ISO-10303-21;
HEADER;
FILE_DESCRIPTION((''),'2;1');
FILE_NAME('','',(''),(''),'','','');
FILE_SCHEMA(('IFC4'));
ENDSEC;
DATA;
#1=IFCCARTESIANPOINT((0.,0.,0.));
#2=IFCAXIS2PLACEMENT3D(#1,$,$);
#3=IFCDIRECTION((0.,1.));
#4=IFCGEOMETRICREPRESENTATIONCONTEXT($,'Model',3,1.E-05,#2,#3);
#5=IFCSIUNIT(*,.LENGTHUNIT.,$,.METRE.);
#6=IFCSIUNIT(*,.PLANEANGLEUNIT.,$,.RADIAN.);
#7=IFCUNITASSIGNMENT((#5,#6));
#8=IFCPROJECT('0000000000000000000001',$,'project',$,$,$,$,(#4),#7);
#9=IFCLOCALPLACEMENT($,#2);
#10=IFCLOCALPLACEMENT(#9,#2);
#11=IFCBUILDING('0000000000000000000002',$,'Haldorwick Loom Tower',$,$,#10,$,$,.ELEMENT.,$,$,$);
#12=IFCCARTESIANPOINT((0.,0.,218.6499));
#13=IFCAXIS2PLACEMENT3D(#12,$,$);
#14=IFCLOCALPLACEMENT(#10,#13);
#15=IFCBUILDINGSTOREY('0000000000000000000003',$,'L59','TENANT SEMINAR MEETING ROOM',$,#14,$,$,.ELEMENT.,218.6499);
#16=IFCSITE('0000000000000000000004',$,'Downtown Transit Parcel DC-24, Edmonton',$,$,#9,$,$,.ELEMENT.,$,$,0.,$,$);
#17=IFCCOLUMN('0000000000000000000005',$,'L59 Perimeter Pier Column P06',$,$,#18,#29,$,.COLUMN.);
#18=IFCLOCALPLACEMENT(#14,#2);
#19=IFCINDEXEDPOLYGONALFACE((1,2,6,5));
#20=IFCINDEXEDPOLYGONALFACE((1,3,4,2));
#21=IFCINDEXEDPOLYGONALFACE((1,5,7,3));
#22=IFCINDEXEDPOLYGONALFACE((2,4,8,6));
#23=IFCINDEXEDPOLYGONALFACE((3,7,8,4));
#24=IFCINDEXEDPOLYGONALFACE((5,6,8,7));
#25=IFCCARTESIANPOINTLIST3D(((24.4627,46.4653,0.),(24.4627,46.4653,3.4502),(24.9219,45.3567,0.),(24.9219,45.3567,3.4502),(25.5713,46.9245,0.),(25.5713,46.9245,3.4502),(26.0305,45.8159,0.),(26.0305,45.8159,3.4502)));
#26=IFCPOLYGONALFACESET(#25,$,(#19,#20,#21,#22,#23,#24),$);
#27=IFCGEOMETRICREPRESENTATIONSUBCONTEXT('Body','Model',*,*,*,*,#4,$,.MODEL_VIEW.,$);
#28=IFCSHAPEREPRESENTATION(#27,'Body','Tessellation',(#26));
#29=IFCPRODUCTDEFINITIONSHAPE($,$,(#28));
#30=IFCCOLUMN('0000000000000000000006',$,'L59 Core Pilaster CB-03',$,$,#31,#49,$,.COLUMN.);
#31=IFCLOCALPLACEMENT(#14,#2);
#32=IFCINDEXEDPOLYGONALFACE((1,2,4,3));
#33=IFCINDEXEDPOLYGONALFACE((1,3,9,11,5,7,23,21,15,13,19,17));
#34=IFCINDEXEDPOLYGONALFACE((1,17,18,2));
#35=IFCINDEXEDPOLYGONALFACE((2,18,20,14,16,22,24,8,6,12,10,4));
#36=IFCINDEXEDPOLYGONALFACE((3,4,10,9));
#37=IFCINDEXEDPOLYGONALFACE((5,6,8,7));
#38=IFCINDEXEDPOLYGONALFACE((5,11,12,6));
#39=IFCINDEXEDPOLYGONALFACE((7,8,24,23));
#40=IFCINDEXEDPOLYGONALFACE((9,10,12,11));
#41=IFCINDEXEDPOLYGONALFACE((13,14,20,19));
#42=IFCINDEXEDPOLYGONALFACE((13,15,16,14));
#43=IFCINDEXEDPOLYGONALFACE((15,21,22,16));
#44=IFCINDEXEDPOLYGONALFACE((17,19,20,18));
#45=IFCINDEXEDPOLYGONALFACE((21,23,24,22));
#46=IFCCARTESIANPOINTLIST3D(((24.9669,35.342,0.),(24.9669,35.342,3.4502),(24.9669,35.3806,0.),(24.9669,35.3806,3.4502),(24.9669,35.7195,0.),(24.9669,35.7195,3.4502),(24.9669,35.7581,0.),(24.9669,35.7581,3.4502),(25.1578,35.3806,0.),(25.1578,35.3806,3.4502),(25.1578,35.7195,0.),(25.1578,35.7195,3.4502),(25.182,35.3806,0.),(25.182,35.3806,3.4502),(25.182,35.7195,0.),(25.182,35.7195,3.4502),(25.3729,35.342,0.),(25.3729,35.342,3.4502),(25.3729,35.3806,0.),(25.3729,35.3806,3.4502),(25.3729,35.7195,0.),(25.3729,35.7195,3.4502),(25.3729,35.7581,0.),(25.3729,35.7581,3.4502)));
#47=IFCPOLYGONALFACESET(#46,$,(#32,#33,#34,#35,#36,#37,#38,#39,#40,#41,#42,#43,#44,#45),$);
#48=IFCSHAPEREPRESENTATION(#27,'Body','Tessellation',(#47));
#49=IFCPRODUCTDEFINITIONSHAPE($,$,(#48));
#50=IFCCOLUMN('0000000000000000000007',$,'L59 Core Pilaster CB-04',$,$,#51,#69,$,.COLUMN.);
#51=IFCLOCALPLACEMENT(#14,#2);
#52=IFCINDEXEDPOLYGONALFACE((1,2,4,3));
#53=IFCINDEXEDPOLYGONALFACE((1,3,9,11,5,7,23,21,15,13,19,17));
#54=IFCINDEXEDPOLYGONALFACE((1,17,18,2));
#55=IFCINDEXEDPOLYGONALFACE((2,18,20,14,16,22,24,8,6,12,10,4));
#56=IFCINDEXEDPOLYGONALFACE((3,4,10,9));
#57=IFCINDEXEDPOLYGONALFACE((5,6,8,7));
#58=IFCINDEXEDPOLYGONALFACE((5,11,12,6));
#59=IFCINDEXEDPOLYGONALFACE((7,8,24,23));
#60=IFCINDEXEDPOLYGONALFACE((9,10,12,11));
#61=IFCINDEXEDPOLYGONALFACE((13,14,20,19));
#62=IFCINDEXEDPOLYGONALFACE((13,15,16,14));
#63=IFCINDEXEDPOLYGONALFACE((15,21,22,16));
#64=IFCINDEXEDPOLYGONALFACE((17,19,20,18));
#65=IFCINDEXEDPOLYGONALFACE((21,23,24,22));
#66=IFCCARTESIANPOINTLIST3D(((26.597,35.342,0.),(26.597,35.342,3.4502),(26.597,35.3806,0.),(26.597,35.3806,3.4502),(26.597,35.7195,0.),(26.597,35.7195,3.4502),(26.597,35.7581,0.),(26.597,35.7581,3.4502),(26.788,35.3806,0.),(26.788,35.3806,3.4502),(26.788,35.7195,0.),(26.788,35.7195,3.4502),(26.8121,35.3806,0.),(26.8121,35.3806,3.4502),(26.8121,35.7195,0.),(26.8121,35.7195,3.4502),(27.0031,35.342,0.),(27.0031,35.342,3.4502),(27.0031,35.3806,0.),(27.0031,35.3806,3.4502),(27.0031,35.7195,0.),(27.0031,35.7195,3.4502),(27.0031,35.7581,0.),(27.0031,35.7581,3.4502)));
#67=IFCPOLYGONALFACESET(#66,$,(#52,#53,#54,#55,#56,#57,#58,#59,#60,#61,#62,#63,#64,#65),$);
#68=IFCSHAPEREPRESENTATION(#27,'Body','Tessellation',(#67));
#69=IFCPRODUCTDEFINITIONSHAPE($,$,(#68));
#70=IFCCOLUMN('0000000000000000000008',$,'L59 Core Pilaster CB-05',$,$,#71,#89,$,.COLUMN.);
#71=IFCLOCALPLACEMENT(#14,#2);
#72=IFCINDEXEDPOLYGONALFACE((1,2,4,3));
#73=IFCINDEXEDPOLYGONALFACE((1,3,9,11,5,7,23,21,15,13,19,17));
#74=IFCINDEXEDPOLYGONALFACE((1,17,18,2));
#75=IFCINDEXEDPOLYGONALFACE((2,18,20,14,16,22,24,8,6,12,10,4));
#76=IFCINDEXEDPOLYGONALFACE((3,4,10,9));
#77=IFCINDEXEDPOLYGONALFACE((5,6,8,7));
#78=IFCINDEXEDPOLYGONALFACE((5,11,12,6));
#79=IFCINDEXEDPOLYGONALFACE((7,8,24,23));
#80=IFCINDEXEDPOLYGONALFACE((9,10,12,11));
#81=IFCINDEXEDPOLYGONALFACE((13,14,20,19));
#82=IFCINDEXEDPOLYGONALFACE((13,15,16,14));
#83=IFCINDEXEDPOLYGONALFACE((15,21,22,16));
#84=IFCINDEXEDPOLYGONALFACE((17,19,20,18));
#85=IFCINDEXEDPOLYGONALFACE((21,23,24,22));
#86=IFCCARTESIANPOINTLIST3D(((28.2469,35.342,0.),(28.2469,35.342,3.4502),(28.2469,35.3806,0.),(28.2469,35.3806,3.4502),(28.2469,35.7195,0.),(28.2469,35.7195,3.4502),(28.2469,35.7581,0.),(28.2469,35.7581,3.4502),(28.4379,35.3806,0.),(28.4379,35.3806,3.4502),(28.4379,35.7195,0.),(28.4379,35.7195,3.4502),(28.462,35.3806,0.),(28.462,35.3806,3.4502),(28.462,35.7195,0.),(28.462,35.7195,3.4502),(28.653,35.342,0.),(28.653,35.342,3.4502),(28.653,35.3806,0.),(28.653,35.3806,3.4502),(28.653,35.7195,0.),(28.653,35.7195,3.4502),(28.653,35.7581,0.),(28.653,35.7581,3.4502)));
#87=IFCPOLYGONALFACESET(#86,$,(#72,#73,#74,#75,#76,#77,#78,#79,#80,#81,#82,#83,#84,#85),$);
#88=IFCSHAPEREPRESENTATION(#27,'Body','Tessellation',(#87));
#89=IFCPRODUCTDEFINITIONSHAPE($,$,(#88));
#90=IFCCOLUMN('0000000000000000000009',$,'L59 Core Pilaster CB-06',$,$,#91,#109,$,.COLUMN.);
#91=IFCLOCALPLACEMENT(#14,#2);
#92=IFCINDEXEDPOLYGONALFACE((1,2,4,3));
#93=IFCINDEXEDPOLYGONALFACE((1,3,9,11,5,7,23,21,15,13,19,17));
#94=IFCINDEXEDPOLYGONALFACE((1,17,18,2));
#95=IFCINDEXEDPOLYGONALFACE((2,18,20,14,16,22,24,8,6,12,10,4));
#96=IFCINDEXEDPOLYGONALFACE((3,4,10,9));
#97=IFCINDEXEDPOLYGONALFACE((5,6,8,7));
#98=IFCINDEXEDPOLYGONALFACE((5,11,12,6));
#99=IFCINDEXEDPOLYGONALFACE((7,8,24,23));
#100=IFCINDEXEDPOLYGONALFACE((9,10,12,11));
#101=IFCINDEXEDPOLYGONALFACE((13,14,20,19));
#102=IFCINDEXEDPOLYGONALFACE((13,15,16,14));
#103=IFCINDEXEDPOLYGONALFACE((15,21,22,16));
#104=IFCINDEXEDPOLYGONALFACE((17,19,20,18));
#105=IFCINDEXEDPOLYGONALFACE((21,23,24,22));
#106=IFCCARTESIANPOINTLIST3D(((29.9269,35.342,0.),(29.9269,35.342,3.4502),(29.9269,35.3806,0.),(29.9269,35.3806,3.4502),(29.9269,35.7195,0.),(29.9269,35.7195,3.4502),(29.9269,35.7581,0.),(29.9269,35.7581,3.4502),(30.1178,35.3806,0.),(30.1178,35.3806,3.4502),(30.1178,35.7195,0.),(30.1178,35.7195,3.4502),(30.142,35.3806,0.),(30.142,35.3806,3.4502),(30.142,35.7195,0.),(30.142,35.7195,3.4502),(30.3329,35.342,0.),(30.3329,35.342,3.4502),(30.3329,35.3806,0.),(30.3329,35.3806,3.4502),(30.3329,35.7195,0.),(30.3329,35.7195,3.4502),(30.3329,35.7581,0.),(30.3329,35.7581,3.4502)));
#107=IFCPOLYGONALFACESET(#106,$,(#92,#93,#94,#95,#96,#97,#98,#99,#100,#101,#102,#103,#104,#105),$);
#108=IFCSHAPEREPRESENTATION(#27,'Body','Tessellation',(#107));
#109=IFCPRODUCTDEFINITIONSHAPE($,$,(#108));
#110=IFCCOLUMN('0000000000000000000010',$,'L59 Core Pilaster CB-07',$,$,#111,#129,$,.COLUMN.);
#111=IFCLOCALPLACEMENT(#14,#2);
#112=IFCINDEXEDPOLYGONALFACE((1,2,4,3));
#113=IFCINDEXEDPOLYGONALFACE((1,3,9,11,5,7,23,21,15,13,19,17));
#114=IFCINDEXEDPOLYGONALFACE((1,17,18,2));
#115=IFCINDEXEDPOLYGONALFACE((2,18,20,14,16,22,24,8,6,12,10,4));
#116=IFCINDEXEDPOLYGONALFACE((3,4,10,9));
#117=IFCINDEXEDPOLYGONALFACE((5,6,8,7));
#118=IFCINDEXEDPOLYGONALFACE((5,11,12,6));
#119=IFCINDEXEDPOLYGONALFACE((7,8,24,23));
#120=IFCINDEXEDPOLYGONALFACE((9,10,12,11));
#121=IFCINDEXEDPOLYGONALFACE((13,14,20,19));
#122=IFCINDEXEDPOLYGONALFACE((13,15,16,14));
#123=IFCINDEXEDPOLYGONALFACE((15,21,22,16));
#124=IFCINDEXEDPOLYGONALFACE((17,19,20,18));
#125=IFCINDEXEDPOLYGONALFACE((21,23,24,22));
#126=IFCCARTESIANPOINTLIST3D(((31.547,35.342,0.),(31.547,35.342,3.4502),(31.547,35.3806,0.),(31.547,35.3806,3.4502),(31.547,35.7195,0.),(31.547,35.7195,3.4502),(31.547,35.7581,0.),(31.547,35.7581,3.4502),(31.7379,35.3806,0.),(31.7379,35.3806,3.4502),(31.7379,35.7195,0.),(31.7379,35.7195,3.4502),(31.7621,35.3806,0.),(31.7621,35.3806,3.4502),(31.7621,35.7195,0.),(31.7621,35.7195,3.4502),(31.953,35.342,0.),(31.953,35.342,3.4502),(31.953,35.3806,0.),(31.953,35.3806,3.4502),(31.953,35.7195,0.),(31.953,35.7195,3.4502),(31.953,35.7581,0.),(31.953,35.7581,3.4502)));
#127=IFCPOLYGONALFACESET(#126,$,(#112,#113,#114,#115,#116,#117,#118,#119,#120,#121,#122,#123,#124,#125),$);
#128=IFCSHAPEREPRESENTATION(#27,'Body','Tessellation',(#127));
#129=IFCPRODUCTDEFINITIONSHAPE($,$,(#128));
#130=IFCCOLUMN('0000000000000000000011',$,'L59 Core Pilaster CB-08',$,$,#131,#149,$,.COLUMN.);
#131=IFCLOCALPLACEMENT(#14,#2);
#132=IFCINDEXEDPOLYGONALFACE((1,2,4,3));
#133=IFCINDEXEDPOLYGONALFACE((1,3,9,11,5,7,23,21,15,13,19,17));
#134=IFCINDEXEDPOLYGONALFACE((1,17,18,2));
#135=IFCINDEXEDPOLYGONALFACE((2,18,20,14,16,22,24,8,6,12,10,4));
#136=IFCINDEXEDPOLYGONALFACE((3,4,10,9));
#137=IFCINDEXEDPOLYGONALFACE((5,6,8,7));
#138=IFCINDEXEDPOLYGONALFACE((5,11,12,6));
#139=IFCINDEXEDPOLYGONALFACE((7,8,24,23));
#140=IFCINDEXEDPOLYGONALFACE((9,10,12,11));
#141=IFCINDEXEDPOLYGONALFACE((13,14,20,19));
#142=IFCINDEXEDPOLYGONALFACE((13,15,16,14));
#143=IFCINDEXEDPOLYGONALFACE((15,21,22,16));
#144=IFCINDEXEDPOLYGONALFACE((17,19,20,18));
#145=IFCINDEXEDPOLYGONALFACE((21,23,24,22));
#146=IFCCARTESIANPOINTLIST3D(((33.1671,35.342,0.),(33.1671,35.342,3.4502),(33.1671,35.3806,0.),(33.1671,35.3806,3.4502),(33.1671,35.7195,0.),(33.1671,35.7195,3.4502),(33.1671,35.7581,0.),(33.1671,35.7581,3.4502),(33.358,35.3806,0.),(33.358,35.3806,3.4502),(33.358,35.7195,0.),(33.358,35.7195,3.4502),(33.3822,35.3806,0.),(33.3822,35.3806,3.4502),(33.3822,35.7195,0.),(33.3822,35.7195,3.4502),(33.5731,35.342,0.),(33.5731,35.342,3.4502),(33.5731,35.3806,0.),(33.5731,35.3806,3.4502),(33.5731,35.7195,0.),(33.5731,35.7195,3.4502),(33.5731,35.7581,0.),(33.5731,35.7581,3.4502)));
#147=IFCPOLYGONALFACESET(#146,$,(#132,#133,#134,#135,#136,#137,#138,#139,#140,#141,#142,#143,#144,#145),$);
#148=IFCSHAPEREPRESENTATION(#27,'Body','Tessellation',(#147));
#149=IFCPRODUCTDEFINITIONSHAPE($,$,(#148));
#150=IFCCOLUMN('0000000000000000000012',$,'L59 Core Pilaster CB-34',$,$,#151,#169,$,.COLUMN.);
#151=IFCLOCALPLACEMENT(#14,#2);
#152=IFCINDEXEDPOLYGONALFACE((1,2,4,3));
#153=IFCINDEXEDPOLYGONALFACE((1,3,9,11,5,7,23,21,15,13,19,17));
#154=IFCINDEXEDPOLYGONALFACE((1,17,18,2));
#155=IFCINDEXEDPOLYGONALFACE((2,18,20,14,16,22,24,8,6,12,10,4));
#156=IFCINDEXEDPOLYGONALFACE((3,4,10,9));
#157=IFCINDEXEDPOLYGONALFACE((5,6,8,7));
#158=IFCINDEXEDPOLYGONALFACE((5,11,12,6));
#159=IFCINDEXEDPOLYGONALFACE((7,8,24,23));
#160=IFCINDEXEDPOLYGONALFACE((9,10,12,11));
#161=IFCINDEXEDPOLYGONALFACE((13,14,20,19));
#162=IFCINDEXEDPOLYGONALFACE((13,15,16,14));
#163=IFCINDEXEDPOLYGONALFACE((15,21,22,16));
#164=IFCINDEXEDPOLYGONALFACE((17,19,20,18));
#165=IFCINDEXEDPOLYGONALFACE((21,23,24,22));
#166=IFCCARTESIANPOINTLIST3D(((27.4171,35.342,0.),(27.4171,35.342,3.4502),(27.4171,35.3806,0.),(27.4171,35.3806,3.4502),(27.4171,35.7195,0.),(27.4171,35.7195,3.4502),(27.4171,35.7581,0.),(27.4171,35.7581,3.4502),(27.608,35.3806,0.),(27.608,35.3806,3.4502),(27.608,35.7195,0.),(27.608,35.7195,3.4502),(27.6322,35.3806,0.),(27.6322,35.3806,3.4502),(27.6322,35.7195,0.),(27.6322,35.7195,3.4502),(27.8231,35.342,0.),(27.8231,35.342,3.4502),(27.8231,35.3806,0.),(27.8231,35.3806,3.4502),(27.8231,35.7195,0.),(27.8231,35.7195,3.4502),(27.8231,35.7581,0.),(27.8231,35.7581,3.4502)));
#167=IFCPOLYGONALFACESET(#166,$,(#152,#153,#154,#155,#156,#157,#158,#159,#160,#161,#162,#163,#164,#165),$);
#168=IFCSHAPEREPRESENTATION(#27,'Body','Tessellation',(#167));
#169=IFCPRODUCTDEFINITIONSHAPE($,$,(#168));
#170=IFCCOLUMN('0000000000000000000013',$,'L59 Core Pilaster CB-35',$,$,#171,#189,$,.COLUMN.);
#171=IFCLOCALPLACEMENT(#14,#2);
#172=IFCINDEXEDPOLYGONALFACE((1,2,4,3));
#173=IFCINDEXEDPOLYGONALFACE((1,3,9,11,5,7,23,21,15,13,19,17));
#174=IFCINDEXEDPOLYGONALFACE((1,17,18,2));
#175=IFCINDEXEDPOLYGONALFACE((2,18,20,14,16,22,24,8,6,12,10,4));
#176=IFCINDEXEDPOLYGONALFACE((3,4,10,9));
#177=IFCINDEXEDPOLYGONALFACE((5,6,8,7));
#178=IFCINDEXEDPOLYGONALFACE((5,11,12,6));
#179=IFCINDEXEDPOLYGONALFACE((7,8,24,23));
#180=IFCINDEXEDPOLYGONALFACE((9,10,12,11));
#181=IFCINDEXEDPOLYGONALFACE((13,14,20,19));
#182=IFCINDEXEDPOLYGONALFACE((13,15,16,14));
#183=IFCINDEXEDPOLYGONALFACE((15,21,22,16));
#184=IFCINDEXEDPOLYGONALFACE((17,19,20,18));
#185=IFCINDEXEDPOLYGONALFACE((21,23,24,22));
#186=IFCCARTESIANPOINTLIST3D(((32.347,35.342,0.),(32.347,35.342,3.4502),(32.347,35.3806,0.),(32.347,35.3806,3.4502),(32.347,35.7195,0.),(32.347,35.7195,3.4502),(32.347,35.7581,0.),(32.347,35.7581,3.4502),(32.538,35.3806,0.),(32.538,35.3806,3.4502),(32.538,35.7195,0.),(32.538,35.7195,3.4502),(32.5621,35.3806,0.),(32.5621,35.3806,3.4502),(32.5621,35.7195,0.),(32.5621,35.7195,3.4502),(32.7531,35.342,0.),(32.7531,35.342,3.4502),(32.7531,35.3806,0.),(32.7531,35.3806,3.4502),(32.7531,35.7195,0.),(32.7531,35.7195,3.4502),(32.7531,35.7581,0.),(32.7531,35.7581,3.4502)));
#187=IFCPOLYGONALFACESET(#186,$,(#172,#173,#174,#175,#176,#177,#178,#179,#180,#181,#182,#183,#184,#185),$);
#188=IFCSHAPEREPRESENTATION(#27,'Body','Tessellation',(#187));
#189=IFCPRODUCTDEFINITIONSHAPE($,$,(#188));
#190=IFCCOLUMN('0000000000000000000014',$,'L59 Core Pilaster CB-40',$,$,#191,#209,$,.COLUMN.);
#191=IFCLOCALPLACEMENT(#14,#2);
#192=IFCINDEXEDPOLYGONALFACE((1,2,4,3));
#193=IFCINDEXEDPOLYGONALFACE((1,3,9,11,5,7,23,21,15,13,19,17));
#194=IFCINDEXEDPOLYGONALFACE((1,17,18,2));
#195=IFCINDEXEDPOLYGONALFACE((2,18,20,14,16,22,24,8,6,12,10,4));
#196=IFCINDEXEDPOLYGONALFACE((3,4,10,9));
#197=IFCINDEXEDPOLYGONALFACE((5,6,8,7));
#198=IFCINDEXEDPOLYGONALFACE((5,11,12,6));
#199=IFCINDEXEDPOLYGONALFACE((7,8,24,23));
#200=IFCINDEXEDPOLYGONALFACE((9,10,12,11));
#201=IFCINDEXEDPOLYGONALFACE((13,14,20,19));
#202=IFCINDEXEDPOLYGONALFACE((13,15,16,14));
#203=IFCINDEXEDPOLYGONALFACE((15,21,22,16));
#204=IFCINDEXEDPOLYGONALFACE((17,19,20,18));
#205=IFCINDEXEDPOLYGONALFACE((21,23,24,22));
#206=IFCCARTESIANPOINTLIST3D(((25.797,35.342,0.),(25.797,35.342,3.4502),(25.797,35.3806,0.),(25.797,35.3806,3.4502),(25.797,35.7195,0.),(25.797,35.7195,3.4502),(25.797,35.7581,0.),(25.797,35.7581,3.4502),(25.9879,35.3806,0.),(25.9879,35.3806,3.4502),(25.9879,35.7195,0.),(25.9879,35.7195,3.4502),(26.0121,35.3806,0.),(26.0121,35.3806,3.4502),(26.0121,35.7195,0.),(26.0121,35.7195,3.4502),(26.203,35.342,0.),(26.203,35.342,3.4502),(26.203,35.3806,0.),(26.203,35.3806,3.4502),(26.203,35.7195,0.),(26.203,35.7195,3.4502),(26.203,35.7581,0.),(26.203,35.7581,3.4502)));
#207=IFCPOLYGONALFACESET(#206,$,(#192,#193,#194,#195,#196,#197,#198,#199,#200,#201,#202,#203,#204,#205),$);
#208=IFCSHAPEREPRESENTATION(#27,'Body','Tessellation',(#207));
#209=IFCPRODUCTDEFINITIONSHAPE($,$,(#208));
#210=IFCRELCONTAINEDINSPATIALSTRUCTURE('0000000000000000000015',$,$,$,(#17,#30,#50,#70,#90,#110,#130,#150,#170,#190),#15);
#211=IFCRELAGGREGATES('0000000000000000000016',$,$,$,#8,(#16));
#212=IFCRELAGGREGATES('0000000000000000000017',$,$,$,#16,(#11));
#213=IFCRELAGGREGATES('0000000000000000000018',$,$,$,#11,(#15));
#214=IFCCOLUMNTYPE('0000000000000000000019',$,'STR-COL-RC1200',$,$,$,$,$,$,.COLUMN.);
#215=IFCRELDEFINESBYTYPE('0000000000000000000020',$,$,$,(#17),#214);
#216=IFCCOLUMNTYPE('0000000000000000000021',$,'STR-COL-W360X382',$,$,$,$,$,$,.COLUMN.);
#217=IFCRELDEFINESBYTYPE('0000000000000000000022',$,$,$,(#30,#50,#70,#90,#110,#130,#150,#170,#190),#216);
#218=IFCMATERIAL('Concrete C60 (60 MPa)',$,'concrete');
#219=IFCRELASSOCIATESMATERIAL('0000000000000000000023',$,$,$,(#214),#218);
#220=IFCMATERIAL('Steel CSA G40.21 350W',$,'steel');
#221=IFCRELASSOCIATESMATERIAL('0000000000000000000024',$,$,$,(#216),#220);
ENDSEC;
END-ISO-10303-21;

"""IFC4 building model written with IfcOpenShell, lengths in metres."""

from ifc_helpers import new_model, si_unit, direction, frame, origin, origin_2d, place, context, subcontext, project, spatial, rectangle, i_section, extrude, material, material_profile, profile_set, type_object, element, save


model = new_model("IFC4")

# Units and contexts
model_context = context("Model", 3, precision=1e-05, world=origin(), true_north=direction((0.0, 1.0)))
body_context = subcontext(model_context, "Body", "Model", "MODEL_VIEW")
ifc_project = project(units=[si_unit("LENGTHUNIT", "METRE"), si_unit("PLANEANGLEUNIT", "RADIAN")], contexts=[model_context])

# Site, building, storey
site_placement = place(None, origin())
site = spatial("IfcSite", under=ifc_project, at=site_placement, Name="Downtown Transit Parcel DC-24, Edmonton", CompositionType="ELEMENT", RefElevation=0.0)
building_placement = place(site_placement, origin())
building = spatial("IfcBuilding", under=site, at=building_placement, Name="Haldorwick Loom Tower", CompositionType="ELEMENT")
storey_placement = place(building_placement, frame((0.0, 0.0, 218.6499)))
storey = spatial("IfcBuildingStorey", under=building, at=storey_placement, Name="L59", Description="TENANT SEMINAR MEETING ROOM", CompositionType="ELEMENT", Elevation=218.6499)

# Columns
ifc_material_1 = material(Name="Concrete C60 (60 MPa)", Category="concrete")
ifc_material_profile_1 = material_profile(ifc_material_1, rectangle(XDim=1.2, YDim=1.2, at=origin_2d()), Name="RC1200X1200", Category="concrete")
ifc_profile_set_1 = profile_set([ifc_material_profile_1], Name="Concrete C60 (60 MPa)")
column_type_1 = type_object("IfcColumnType", Name="STR-COL-RC1200", PredefinedType="COLUMN", material=ifc_profile_set_1)
column_placement = place(storey_placement, frame((25.2466, 46.1406, 0.0), z_axis=(0.0, 0.0, 1.0), x_axis=(-0.382683, 0.92388, 0.0)))
element("IfcColumn", 1, at=column_placement, inside=storey, type_object=column_type_1, Name="L59 Perimeter Pier Column P06", PredefinedType="COLUMN", context=body_context, shape_type="SweptSolid", body=[
    extrude(rectangle(XDim=1.2, YDim=1.2, at=origin_2d()), origin(), (0.0, 0.0, 1.0), 3.4502),
])
ifc_material_2 = material(Name="Steel CSA G40.21 350W", Category="steel")
ifc_material_profile_2 = material_profile(ifc_material_2, i_section(OverallWidth=0.406, OverallDepth=0.416, WebThickness=0.0242, FlangeThickness=0.0386, at=origin_2d()), Name="W360X382", Category="steel")
ifc_profile_set_2 = profile_set([ifc_material_profile_2], Name="Steel CSA G40.21 350W")
column_type_2 = type_object("IfcColumnType", Name="STR-COL-W360X382", PredefinedType="COLUMN", material=ifc_profile_set_2)
for number, where, z_axis, x_axis, name in (
    (2, (25.1699, 35.55, 0.0), (0.0, 0.0, 1.0), (1.0, 0.0, 0.0), "L59 Core Pilaster CB-03"),
    (3, (26.8, 35.55, 0.0), (0.0, 0.0, 1.0), (1.0, 0.0, 0.0), "L59 Core Pilaster CB-04"),
    (4, (28.45, 35.55, 0.0), (0.0, 0.0, 1.0), (1.0, 0.0, 0.0), "L59 Core Pilaster CB-05"),
    (5, (30.1299, 35.55, 0.0), (0.0, 0.0, 1.0), (1.0, 0.0, 0.0), "L59 Core Pilaster CB-06"),
    (6, (31.75, 35.55, 0.0), (0.0, 0.0, 1.0), (1.0, 0.0, 0.0), "L59 Core Pilaster CB-07"),
    (7, (33.3701, 35.55, 0.0), (0.0, 0.0, 1.0), (1.0, 0.0, 0.0), "L59 Core Pilaster CB-08"),
    (8, (27.6201, 35.55, 0.0), (0.0, 0.0, 1.0), (1.0, 0.0, 0.0), "L59 Core Pilaster CB-34"),
    (9, (32.55, 35.55, 0.0), (0.0, 0.0, 1.0), (1.0, 0.0, 0.0), "L59 Core Pilaster CB-35"),
    (10, (26.0, 35.55, 0.0), (0.0, 0.0, 1.0), (1.0, 0.0, 0.0), "L59 Core Pilaster CB-40"),
):
    element("IfcColumn", number, at=place(storey_placement, frame(where, z_axis=z_axis, x_axis=x_axis)), inside=storey, type_object=column_type_2, Name=name, PredefinedType="COLUMN", context=body_context, shape_type="SweptSolid", body=[
        extrude(i_section(OverallWidth=0.406, OverallDepth=0.416, WebThickness=0.0242, FlangeThickness=0.0386, at=origin_2d()), origin(), (0.0, 0.0, 1.0), 3.4502),
    ])

save(model, "model.ifc")
